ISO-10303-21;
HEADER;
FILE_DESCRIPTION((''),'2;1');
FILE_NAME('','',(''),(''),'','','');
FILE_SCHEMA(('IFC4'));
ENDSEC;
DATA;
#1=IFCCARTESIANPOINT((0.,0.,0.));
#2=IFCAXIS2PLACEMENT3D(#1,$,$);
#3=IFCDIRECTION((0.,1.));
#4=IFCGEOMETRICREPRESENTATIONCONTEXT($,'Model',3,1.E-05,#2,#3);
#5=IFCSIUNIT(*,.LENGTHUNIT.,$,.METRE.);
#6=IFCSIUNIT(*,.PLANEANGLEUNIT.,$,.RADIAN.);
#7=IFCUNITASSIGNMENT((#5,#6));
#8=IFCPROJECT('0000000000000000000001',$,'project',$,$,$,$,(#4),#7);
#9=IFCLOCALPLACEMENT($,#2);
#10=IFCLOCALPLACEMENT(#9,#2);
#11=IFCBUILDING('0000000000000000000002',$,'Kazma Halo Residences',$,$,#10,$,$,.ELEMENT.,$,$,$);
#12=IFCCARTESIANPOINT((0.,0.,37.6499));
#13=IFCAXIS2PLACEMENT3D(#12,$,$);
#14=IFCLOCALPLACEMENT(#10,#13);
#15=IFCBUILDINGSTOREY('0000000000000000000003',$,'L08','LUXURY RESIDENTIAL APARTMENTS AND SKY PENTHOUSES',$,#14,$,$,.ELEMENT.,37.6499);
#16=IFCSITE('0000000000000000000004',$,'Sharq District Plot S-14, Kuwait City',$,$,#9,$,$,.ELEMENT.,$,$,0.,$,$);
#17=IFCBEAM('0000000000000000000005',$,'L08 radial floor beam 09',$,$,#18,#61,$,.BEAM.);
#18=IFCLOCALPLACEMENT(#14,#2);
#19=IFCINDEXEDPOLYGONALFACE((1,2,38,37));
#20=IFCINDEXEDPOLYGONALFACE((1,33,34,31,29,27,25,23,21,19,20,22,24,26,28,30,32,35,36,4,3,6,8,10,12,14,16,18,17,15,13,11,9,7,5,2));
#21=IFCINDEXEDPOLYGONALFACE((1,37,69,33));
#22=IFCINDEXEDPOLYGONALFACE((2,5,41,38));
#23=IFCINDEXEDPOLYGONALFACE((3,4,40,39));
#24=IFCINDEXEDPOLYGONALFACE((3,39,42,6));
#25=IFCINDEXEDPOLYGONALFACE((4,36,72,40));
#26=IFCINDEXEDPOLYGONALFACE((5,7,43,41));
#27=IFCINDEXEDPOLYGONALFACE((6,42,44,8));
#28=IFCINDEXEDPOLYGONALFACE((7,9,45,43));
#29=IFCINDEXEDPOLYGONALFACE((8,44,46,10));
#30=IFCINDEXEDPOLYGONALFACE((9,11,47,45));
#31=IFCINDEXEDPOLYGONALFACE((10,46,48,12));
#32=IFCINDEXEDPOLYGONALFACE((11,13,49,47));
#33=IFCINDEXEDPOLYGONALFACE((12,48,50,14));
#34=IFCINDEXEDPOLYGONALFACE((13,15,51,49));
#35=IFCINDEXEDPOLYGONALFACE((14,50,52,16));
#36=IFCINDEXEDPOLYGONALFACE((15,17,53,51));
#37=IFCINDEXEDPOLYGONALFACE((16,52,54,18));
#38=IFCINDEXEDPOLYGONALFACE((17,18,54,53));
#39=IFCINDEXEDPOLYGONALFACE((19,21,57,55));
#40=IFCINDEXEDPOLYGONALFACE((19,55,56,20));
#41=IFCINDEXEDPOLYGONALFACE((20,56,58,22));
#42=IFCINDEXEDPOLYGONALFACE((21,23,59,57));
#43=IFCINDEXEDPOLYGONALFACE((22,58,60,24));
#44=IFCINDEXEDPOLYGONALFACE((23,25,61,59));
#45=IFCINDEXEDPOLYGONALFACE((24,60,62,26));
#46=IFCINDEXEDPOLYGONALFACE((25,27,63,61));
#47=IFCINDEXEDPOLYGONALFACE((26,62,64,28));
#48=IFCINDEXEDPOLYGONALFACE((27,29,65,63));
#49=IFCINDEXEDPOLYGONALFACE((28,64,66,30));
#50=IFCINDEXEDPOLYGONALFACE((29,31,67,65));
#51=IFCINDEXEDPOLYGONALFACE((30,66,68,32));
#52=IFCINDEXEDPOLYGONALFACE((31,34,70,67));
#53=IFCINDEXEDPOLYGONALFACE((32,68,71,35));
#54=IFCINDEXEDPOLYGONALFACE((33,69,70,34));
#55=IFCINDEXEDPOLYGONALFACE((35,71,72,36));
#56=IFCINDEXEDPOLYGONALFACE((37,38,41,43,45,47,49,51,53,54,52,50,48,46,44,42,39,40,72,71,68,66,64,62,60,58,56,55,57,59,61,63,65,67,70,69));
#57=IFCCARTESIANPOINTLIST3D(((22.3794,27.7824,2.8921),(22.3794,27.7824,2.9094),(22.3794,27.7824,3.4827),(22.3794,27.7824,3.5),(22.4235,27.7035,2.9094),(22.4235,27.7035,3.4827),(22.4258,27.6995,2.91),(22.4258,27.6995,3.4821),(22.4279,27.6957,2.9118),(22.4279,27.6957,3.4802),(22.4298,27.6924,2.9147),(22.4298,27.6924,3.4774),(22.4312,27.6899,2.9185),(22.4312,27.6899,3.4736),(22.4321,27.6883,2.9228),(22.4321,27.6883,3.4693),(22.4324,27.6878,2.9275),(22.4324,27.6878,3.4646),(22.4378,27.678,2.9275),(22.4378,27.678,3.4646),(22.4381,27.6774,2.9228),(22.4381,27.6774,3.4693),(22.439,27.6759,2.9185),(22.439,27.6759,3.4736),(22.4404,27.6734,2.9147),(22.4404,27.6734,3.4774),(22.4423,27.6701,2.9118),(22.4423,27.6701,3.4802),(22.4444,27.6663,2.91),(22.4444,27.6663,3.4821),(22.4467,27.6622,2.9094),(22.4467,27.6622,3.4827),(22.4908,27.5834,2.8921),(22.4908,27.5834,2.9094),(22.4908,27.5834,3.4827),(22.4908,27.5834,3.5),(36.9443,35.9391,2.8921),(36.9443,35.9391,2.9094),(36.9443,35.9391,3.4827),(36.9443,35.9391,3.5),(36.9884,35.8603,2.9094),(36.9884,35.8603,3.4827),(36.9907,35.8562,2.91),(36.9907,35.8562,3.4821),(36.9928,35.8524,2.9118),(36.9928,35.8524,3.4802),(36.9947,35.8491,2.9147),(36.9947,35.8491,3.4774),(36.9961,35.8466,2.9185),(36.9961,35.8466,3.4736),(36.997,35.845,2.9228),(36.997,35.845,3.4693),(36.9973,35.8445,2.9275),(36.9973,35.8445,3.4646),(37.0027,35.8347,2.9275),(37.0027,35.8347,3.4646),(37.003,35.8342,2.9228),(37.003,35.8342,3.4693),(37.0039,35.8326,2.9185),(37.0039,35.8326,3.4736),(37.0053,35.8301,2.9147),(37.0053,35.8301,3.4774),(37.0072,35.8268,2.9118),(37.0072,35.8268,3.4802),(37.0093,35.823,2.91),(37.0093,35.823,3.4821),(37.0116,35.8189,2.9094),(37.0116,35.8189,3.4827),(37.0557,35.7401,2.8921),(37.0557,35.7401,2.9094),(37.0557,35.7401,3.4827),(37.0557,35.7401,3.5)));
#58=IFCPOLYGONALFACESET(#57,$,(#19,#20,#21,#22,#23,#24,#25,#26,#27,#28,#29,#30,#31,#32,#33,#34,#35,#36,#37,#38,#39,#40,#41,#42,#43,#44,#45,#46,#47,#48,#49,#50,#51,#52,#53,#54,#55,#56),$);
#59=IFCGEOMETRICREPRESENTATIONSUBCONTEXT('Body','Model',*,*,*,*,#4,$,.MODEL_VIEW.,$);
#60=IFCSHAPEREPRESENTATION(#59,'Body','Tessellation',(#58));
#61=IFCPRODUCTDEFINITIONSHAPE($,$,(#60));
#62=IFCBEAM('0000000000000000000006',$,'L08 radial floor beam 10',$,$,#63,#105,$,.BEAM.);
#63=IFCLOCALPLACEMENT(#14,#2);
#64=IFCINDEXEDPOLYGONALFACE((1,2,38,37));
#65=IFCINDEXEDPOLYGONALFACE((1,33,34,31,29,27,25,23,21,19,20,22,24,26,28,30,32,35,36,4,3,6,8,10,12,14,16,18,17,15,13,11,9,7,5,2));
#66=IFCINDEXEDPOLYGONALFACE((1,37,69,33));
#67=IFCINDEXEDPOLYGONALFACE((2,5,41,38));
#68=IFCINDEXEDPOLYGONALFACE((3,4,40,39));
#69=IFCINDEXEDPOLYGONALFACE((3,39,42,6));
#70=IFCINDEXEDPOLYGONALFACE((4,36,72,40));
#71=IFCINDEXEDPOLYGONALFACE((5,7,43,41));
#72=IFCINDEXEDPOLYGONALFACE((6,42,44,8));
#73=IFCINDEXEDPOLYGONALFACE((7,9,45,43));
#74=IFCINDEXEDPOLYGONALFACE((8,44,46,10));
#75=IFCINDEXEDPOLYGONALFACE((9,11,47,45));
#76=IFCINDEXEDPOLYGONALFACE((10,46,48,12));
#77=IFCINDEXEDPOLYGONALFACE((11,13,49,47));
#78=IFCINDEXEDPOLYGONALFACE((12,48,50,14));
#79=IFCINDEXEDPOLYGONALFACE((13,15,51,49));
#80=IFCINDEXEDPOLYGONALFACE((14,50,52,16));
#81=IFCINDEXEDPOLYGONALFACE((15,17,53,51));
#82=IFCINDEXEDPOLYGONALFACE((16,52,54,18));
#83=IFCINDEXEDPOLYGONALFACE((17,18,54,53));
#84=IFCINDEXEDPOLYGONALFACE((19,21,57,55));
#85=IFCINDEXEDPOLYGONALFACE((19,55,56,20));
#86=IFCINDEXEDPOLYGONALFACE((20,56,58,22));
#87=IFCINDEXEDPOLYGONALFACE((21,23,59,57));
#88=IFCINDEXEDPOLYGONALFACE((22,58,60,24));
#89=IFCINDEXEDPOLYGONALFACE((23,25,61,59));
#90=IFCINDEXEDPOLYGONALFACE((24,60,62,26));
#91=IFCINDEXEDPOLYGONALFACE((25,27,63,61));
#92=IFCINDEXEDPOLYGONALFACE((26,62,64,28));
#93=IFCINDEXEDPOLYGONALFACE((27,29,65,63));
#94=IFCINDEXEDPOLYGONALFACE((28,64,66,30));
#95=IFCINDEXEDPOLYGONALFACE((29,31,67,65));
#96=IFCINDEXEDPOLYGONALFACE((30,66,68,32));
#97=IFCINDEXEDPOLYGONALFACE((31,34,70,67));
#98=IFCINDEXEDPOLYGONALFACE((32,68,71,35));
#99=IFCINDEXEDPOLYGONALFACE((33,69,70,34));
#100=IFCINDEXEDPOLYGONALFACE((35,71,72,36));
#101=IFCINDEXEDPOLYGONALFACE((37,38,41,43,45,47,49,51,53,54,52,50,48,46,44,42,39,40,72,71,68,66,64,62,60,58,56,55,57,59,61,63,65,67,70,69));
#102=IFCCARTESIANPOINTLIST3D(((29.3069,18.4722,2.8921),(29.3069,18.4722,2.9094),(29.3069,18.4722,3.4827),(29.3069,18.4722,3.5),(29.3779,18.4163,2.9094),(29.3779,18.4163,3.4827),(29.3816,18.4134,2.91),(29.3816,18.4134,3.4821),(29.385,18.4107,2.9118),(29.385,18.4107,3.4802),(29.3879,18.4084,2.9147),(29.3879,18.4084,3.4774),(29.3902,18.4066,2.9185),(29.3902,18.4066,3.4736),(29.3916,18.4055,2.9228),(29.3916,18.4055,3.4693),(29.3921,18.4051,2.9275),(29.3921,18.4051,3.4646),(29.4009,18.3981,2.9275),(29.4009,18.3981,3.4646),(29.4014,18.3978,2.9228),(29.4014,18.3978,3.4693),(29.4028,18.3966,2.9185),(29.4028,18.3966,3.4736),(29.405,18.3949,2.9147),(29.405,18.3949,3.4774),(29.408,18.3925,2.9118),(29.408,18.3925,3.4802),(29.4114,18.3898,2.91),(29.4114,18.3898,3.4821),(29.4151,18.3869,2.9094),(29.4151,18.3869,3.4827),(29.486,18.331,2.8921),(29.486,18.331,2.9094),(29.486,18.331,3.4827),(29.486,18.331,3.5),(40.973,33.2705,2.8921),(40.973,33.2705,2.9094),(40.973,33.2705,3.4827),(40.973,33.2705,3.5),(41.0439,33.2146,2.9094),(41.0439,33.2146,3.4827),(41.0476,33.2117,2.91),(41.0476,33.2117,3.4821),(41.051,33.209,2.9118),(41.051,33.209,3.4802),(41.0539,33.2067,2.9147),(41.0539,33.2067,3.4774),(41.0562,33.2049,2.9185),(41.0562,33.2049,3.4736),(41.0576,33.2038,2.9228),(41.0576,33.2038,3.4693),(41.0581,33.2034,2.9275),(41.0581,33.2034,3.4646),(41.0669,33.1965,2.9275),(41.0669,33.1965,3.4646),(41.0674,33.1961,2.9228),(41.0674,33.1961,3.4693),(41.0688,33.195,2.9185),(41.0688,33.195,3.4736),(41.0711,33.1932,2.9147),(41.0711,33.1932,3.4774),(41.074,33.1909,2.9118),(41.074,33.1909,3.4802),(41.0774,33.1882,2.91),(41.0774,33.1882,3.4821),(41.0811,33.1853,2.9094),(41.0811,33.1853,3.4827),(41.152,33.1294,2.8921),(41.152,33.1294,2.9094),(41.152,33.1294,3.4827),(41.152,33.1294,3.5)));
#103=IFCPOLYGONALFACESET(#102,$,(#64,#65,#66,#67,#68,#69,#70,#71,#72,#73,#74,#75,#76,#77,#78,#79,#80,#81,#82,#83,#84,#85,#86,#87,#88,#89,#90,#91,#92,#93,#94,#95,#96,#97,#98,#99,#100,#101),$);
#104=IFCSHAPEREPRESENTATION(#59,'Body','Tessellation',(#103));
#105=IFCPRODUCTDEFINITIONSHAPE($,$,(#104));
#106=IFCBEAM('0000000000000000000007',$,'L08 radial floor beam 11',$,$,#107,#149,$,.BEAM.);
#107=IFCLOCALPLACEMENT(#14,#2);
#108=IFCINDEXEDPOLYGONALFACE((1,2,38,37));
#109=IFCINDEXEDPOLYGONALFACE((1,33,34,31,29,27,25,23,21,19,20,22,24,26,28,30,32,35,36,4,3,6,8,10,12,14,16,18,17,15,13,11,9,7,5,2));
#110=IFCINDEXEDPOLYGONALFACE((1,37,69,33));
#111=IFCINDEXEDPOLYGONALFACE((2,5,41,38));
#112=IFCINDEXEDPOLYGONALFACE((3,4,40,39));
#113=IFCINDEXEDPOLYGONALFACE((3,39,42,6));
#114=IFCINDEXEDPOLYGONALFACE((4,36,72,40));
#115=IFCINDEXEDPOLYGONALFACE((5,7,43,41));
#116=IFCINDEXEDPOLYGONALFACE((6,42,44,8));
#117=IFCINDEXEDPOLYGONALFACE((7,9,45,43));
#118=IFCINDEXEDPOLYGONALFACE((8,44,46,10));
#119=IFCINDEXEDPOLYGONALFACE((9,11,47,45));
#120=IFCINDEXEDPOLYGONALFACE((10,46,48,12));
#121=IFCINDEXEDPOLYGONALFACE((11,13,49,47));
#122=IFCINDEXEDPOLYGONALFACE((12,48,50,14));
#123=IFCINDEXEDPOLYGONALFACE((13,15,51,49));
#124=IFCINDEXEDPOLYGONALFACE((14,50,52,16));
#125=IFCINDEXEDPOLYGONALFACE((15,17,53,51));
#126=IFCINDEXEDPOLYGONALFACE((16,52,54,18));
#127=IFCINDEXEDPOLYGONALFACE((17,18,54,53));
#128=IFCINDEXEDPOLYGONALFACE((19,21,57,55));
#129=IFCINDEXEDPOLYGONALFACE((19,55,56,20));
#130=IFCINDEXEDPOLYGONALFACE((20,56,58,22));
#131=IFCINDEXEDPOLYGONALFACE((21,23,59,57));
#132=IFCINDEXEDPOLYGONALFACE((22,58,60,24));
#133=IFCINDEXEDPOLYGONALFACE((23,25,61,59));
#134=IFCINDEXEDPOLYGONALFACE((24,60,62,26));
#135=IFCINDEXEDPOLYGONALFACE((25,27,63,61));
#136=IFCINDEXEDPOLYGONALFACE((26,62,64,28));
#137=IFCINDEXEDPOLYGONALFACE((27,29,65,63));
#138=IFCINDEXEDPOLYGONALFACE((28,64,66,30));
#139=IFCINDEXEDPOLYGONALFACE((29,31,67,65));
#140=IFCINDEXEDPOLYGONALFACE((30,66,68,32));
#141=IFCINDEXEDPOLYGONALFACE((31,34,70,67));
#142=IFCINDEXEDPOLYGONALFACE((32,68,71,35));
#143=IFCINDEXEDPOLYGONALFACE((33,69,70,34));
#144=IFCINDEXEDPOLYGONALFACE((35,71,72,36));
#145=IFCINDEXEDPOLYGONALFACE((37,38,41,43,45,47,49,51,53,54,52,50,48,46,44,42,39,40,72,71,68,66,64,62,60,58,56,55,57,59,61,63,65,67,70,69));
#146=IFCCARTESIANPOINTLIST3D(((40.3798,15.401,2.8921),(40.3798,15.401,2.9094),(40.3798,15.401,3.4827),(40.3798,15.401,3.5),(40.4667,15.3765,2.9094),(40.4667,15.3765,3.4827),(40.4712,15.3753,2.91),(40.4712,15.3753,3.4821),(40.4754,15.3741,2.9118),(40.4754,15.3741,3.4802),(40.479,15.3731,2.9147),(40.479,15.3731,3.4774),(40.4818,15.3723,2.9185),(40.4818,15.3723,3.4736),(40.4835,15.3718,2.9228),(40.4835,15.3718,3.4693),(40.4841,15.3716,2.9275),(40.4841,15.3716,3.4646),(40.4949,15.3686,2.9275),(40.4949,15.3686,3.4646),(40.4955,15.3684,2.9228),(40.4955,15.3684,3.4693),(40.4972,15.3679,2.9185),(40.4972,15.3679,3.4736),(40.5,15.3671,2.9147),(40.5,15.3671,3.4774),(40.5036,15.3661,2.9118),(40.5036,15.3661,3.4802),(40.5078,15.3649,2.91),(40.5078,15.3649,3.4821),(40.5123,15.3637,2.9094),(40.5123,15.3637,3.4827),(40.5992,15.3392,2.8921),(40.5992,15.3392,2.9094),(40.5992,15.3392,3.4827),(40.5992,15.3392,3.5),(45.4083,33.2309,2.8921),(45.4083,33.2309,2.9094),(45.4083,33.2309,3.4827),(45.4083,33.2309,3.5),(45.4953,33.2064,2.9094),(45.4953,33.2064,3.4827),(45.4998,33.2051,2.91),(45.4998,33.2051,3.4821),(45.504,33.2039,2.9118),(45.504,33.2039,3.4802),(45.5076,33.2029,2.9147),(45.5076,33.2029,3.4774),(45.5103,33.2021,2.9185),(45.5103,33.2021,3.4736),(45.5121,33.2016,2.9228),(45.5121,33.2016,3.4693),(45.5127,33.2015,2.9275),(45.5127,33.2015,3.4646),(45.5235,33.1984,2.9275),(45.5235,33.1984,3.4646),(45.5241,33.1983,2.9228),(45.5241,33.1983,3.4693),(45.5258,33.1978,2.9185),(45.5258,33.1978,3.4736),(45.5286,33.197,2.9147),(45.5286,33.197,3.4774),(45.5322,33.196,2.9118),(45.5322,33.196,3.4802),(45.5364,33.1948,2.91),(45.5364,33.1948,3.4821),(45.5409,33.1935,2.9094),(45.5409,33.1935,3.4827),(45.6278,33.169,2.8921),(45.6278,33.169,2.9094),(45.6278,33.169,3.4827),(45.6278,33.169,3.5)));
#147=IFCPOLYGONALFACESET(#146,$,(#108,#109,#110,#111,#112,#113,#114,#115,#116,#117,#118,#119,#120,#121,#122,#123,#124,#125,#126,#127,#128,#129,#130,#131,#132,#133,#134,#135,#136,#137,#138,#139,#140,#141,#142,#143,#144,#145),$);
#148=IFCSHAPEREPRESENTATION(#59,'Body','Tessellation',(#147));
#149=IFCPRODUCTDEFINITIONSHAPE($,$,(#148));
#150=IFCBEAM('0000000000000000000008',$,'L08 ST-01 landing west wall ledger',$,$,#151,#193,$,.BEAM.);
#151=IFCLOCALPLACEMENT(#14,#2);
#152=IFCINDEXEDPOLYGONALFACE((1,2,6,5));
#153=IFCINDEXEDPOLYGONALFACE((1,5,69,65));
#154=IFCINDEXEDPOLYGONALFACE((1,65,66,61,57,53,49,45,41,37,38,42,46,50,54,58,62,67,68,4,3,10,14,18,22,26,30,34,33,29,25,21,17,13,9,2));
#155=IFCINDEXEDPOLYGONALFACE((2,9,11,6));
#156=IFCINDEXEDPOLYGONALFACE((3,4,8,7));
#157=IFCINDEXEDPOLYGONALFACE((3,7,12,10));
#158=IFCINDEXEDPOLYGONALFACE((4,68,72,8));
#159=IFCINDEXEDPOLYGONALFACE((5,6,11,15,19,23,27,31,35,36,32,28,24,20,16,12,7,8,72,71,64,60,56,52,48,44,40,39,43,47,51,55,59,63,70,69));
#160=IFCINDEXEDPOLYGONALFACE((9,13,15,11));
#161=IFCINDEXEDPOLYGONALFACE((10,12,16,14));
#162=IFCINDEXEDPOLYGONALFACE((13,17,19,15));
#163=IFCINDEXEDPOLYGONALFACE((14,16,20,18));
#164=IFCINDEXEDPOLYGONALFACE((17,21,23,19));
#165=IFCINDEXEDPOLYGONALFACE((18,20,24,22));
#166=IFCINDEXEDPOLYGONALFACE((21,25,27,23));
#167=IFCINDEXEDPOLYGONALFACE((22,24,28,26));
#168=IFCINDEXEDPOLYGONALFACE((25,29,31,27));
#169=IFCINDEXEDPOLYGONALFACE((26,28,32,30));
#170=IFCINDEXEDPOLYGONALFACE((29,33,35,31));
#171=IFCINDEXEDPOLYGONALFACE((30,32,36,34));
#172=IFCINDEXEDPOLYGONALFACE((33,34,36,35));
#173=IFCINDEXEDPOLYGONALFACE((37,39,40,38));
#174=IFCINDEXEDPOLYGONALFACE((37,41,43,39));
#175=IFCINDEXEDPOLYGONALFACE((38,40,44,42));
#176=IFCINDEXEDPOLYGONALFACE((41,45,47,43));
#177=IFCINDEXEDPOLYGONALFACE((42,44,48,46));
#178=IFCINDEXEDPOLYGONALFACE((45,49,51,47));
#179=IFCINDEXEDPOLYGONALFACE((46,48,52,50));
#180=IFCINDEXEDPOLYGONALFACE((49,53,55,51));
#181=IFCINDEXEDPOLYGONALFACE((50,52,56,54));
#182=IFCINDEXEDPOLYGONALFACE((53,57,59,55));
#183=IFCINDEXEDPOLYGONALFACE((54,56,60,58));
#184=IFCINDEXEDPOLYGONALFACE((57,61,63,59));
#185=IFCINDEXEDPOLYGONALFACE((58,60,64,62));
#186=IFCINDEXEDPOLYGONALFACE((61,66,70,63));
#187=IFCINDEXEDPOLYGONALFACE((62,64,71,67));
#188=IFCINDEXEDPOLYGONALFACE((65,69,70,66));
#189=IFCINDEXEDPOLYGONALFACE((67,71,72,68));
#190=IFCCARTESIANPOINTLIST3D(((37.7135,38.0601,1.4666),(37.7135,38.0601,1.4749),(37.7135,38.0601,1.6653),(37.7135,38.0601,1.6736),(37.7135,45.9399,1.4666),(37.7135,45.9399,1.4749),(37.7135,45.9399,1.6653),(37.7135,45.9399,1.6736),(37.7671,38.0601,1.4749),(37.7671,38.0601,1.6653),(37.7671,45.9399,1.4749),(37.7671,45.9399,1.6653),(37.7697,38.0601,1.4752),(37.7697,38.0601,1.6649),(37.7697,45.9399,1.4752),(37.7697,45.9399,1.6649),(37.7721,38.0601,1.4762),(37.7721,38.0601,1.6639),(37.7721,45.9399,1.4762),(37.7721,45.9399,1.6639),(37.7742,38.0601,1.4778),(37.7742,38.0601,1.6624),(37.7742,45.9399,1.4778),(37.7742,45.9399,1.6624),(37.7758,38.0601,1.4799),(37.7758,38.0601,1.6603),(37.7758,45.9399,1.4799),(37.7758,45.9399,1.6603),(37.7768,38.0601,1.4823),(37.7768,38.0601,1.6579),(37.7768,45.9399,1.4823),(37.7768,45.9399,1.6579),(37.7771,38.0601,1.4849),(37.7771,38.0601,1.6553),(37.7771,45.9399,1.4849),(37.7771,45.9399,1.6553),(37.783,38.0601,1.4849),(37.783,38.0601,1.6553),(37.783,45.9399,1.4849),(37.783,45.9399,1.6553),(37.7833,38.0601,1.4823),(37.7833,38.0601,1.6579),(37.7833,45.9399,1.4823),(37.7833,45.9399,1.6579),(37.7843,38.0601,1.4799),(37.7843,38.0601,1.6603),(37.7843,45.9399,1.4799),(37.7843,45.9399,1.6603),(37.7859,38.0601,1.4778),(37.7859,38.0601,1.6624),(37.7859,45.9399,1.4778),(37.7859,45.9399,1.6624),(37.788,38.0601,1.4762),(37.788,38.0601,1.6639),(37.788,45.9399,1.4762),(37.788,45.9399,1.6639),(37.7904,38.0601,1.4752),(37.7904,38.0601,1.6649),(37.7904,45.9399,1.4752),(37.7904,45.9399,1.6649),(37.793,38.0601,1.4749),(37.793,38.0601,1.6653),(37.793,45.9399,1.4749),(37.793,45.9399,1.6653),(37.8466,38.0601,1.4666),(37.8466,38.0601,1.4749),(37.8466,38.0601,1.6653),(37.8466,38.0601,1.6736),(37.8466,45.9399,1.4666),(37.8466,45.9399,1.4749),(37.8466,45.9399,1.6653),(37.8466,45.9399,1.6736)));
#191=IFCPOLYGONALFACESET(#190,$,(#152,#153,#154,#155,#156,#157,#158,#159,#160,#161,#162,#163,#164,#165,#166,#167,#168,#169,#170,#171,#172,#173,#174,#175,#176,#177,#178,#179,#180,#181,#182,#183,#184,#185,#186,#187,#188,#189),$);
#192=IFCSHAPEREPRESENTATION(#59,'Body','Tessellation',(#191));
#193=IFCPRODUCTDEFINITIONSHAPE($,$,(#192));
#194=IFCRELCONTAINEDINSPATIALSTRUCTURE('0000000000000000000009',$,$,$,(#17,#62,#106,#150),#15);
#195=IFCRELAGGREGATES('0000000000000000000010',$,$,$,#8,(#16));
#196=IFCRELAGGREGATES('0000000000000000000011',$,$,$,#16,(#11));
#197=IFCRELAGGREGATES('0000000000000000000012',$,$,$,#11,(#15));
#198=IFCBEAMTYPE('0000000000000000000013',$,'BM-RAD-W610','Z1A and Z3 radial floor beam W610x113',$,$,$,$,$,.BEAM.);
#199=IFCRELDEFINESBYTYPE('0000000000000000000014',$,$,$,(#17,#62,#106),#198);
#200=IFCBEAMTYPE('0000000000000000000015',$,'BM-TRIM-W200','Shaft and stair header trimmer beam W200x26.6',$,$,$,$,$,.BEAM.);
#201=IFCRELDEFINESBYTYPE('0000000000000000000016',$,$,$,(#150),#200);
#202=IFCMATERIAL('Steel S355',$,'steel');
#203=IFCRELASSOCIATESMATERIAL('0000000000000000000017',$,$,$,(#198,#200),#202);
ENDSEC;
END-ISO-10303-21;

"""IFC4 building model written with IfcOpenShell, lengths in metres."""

from ifc_helpers import new_model, si_unit, direction, frame, origin, origin_2d, place, context, subcontext, project, spatial, i_section, extrude, material, material_profile, profile_set, type_object, element, save


model = new_model("IFC4")

# Units and contexts
model_context = context("Model", 3, precision=1e-05, world=origin(), true_north=direction((0.0, 1.0)))
body_context = subcontext(model_context, "Body", "Model", "MODEL_VIEW")
ifc_project = project(units=[si_unit("LENGTHUNIT", "METRE"), si_unit("PLANEANGLEUNIT", "RADIAN")], contexts=[model_context])

# Site, building, storey
site_placement = place(None, origin())
site = spatial("IfcSite", under=ifc_project, at=site_placement, Name="Sharq District Plot S-14, Kuwait City", CompositionType="ELEMENT", RefElevation=0.0)
building_placement = place(site_placement, origin())
building = spatial("IfcBuilding", under=site, at=building_placement, Name="Kazma Halo Residences", CompositionType="ELEMENT")
storey_placement = place(building_placement, frame((0.0, 0.0, 37.6499)))
storey = spatial("IfcBuildingStorey", under=building, at=storey_placement, Name="L08", Description="LUXURY RESIDENTIAL APARTMENTS AND SKY PENTHOUSES", CompositionType="ELEMENT", Elevation=37.6499)

# Beams
ifc_material_1 = material(Name="Steel S355", Category="steel")
ifc_material_profile_1 = material_profile(ifc_material_1, i_section(OverallWidth=0.228, OverallDepth=0.6079, WebThickness=0.0112, FlangeThickness=0.0173, FilletRadius=0.0181, at=origin_2d()), Name="W610x113")
ifc_profile_set_1 = profile_set([ifc_material_profile_1], Name="Steel S355")
beam_type_1 = type_object("IfcBeamType", Name="BM-RAD-W610", Description="Z1A and Z3 radial floor beam W610x113", PredefinedType="BEAM", material=ifc_profile_set_1)
beam_1_placement = place(storey_placement, frame((37.0, 35.8396, 3.196), z_axis=(-0.872497, -0.48862, 0.0), x_axis=(0.48862, -0.872497, 0.0)))
element("IfcBeam", 1, at=beam_1_placement, inside=storey, type_object=beam_type_1, Name="L08 radial floor beam 09", PredefinedType="BEAM", context=body_context, shape_type="SweptSolid", body=[
    extrude(i_section(OverallWidth=0.228, OverallDepth=0.6079, WebThickness=0.0112, FlangeThickness=0.0173, FilletRadius=0.0181, at=origin_2d()), origin(), (0.0, 0.0, 1.0), 16.6934),
])
beam_2_placement = place(storey_placement, frame((41.0625, 33.2, 3.196), z_axis=(-0.619092, -0.785318, 0.0), x_axis=(0.785318, -0.619092, 0.0)))
element("IfcBeam", 2, at=beam_2_placement, inside=storey, type_object=beam_type_1, Name="L08 radial floor beam 10", PredefinedType="BEAM", context=body_context, shape_type="SweptSolid", body=[
    extrude(i_section(OverallWidth=0.228, OverallDepth=0.6079, WebThickness=0.0112, FlangeThickness=0.0173, FilletRadius=0.0181, at=origin_2d()), origin(), (0.0, 0.0, 1.0), 18.8438),
])
beam_3_placement = place(storey_placement, frame((45.5181, 33.2, 3.196), z_axis=(-0.271442, -0.962455, 0.0), x_axis=(0.962455, -0.271442, 0.0)))
element("IfcBeam", 3, at=beam_3_placement, inside=storey, type_object=beam_type_1, Name="L08 radial floor beam 11", PredefinedType="BEAM", context=body_context, shape_type="SweptSolid", body=[
    extrude(i_section(OverallWidth=0.228, OverallDepth=0.6079, WebThickness=0.0112, FlangeThickness=0.0173, FilletRadius=0.0181, at=origin_2d()), origin(), (0.0, 0.0, 1.0), 18.5254),
])
ifc_material_profile_2 = material_profile(ifc_material_1, i_section(OverallWidth=0.1331, OverallDepth=0.207, WebThickness=0.0059, FlangeThickness=0.0083, FilletRadius=0.01, at=origin_2d()), Name="W200x26.6")
ifc_profile_set_2 = profile_set([ifc_material_profile_2], Name="Steel S355")
beam_type_2 = type_object("IfcBeamType", Name="BM-TRIM-W200", Description="Shaft and stair header trimmer beam W200x26.6", PredefinedType="BEAM", material=ifc_profile_set_2)
beam_4_placement = place(storey_placement, frame((37.78, 38.0601, 1.5701), z_axis=(0.0, 1.0, 0.0), x_axis=(-1.0, 0.0, 0.0)))
element("IfcBeam", 4, at=beam_4_placement, inside=storey, type_object=beam_type_2, Name="L08 ST-01 landing west wall ledger", PredefinedType="BEAM", context=body_context, shape_type="SweptSolid", body=[
    extrude(i_section(OverallWidth=0.1331, OverallDepth=0.207, WebThickness=0.0059, FlangeThickness=0.0083, FilletRadius=0.01, at=origin_2d()), origin(), (0.0, 0.0, 1.0), 7.8799),
])

save(model, "model.ifc")
